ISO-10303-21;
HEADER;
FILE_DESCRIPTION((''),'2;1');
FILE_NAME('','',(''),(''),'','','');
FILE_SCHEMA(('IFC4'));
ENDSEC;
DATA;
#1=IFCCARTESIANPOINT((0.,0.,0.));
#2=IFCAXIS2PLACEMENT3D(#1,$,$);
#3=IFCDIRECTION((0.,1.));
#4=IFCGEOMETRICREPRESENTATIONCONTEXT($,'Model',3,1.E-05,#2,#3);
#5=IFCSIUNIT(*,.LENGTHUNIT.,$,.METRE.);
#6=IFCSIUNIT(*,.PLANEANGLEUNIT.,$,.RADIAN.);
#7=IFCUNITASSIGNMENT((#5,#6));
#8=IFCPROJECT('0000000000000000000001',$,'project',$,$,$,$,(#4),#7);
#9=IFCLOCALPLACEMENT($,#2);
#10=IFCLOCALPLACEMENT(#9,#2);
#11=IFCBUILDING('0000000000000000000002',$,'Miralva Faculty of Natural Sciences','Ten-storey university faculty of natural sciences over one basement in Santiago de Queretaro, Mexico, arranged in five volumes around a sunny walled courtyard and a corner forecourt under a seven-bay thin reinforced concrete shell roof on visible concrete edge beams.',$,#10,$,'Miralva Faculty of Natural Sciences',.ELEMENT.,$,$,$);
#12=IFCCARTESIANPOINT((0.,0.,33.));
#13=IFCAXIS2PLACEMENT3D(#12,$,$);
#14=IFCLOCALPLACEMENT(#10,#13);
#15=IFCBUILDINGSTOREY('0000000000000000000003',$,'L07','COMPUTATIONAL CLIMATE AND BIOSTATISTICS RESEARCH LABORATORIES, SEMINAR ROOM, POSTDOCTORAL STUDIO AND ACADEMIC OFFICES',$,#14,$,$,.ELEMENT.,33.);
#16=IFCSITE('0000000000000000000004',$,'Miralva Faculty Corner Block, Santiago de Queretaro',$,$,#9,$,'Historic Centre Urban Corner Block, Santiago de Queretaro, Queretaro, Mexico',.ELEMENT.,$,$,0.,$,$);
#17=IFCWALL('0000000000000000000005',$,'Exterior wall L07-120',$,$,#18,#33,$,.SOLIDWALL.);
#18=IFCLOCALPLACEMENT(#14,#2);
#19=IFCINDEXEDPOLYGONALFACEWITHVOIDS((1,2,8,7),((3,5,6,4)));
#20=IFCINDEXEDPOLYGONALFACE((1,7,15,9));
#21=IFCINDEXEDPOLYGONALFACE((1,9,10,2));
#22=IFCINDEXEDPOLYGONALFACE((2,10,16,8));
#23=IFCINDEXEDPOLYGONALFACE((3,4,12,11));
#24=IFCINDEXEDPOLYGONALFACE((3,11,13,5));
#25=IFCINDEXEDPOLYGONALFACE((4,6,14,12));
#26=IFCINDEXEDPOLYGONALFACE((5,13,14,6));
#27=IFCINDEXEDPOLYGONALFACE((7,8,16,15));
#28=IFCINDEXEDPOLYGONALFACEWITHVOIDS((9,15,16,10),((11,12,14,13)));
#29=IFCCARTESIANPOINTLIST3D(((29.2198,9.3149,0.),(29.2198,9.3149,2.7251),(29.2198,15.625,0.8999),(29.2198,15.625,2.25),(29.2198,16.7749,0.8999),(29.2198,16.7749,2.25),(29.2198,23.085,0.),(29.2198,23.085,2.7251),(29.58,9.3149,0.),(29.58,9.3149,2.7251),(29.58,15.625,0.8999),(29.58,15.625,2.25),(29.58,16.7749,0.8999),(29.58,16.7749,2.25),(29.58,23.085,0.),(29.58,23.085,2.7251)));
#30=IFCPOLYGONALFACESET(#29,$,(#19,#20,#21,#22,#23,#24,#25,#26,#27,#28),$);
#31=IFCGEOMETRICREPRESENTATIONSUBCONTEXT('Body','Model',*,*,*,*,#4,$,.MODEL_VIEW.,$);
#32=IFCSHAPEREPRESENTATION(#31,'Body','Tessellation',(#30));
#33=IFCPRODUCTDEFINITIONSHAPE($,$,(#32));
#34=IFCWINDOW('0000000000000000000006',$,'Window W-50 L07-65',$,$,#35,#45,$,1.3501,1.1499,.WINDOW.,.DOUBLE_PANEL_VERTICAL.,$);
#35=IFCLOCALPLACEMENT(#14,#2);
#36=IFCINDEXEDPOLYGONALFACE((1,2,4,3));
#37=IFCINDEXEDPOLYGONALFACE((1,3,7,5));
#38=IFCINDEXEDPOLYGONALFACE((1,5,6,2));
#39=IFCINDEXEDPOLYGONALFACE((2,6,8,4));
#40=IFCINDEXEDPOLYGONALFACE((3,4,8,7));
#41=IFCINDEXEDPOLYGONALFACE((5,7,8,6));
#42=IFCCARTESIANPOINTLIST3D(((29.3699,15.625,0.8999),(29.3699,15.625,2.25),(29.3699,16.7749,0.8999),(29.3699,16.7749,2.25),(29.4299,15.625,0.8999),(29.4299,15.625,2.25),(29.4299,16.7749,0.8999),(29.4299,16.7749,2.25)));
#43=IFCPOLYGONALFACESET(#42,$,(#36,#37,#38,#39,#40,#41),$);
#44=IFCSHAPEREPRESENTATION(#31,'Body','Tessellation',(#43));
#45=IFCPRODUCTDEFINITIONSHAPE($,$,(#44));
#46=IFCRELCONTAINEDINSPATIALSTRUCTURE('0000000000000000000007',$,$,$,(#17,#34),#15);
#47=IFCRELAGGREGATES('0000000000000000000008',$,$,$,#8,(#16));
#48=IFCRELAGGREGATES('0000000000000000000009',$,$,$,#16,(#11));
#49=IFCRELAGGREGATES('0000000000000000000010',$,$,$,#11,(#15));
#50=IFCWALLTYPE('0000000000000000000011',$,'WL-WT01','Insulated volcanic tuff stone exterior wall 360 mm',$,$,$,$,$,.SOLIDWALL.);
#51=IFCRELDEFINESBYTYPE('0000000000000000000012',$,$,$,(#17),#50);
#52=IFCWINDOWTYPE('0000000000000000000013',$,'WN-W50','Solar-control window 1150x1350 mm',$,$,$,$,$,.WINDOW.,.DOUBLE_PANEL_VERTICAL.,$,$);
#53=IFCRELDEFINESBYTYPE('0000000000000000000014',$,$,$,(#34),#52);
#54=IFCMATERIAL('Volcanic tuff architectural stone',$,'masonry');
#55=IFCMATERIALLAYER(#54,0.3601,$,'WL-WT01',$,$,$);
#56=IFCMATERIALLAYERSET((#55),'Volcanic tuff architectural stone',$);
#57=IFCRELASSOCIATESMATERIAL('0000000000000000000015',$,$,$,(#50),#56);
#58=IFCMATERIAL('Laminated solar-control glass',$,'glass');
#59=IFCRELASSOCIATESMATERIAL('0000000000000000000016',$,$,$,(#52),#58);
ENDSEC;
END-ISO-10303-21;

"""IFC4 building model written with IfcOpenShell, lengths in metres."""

from ifc_helpers import new_model, si_unit, direction, frame, frame_2d, origin, place, context, subcontext, project, spatial, rectangle, extrude, material, layer, layer_set, type_object, element, fill, save


model = new_model("IFC4")

# Units and contexts
model_context = context("Model", 3, precision=1e-05, world=origin(), true_north=direction((0.0, 1.0)))
body_context = subcontext(model_context, "Body", "Model", "MODEL_VIEW")
ifc_project = project(units=[si_unit("LENGTHUNIT", "METRE"), si_unit("PLANEANGLEUNIT", "RADIAN")], contexts=[model_context])

# Site, building, storey
site_placement = place(None, origin())
site = spatial("IfcSite", under=ifc_project, at=site_placement, Name="Miralva Faculty Corner Block, Santiago de Queretaro", LongName="Historic Centre Urban Corner Block, Santiago de Queretaro, Queretaro, Mexico", CompositionType="ELEMENT", RefElevation=0.0)
building_placement = place(site_placement, origin())
building = spatial("IfcBuilding", under=site, at=building_placement, Name="Miralva Faculty of Natural Sciences", Description="Ten-storey university faculty of natural sciences over one basement in Santiago de Queretaro, Mexico, arranged in five volumes around a sunny walled courtyard and a corner forecourt under a seven-bay thin reinforced concrete shell roof on visible concrete edge beams.", LongName="Miralva Faculty of Natural Sciences", CompositionType="ELEMENT")
storey_placement = place(building_placement, frame((0.0, 0.0, 33.0)))
storey = spatial("IfcBuildingStorey", under=building, at=storey_placement, Name="L07", Description="COMPUTATIONAL CLIMATE AND BIOSTATISTICS RESEARCH LABORATORIES, SEMINAR ROOM, POSTDOCTORAL STUDIO AND ACADEMIC OFFICES", CompositionType="ELEMENT", Elevation=33.0)

# Shared definitions
ifc_material_1 = material(Name="Laminated solar-control glass", Category="glass")

# Wall, opening, window
ifc_material_2 = material(Name="Volcanic tuff architectural stone", Category="masonry")
ifc_layer_1 = layer(ifc_material_2, 0.3601, Name="WL-WT01")
ifc_layer_set_1 = layer_set([ifc_layer_1], Name="Volcanic tuff architectural stone")
wall_type_1 = type_object("IfcWallType", Name="WL-WT01", Description="Insulated volcanic tuff stone exterior wall 360 mm", PredefinedType="SOLIDWALL", material=ifc_layer_set_1)
wall_1_placement = place(storey_placement, frame((29.3999, 9.3149, 0.0), z_axis=(0.0, 0.0, 1.0), x_axis=(0.0, 1.0, 0.0)))
wall_1 = element("IfcWall", 1, at=wall_1_placement, inside=storey, type_object=wall_type_1, Name="Exterior wall L07-120", PredefinedType="SOLIDWALL", context=body_context, shape_type="SweptSolid", body=[
    extrude(rectangle(XDim=13.77, YDim=0.3601, at=frame_2d((6.885, 0.0))), origin(), (0.0, 0.0, 1.0), 2.7251),
])
opening_1_placement = place(wall_1_placement, frame((6.3101, 0.0, 0.8999)))
opening_1 = element("IfcOpeningElement", 2, at=opening_1_placement, cuts=wall_1, PredefinedType="OPENING", context=body_context, shape_type="SweptSolid", body=[
    extrude(rectangle(XDim=1.1499, YDim=1.3501, at=frame_2d((0.575, 0.675))), frame((0.0, 0.1899, 0.0), z_axis=(0.0, -1.0, 0.0), x_axis=(1.0, 0.0, 0.0)), (0.0, 0.0, 1.0), 0.3801),
])
window_type_1 = type_object("IfcWindowType", Name="WN-W50", Description="Solar-control window 1150x1350 mm", PartitioningType="DOUBLE_PANEL_VERTICAL", PredefinedType="WINDOW", material=ifc_material_1)
window_1_placement = place(opening_1_placement, frame((1.1499, 0.0, 0.0), z_axis=(0.0, 0.0, 1.0), x_axis=(-1.0, 0.0, 0.0)))
window_1 = element("IfcWindow", 3, at=window_1_placement, inside=storey, type_object=window_type_1, Name="Window W-50 L07-65", OverallHeight=1.3501, OverallWidth=1.1499, PartitioningType="DOUBLE_PANEL_VERTICAL", PredefinedType="WINDOW", context=body_context, shape_type="SweptSolid", body=[
    extrude(rectangle(XDim=1.1499, YDim=1.3501, at=frame_2d((0.575, 0.675))), frame((0.0, 0.03, 0.0), z_axis=(0.0, -1.0, 0.0), x_axis=(1.0, 0.0, 0.0)), (0.0, 0.0, 1.0), 0.0601),
])
fill(opening_1, window_1)

save(model, "model.ifc")
